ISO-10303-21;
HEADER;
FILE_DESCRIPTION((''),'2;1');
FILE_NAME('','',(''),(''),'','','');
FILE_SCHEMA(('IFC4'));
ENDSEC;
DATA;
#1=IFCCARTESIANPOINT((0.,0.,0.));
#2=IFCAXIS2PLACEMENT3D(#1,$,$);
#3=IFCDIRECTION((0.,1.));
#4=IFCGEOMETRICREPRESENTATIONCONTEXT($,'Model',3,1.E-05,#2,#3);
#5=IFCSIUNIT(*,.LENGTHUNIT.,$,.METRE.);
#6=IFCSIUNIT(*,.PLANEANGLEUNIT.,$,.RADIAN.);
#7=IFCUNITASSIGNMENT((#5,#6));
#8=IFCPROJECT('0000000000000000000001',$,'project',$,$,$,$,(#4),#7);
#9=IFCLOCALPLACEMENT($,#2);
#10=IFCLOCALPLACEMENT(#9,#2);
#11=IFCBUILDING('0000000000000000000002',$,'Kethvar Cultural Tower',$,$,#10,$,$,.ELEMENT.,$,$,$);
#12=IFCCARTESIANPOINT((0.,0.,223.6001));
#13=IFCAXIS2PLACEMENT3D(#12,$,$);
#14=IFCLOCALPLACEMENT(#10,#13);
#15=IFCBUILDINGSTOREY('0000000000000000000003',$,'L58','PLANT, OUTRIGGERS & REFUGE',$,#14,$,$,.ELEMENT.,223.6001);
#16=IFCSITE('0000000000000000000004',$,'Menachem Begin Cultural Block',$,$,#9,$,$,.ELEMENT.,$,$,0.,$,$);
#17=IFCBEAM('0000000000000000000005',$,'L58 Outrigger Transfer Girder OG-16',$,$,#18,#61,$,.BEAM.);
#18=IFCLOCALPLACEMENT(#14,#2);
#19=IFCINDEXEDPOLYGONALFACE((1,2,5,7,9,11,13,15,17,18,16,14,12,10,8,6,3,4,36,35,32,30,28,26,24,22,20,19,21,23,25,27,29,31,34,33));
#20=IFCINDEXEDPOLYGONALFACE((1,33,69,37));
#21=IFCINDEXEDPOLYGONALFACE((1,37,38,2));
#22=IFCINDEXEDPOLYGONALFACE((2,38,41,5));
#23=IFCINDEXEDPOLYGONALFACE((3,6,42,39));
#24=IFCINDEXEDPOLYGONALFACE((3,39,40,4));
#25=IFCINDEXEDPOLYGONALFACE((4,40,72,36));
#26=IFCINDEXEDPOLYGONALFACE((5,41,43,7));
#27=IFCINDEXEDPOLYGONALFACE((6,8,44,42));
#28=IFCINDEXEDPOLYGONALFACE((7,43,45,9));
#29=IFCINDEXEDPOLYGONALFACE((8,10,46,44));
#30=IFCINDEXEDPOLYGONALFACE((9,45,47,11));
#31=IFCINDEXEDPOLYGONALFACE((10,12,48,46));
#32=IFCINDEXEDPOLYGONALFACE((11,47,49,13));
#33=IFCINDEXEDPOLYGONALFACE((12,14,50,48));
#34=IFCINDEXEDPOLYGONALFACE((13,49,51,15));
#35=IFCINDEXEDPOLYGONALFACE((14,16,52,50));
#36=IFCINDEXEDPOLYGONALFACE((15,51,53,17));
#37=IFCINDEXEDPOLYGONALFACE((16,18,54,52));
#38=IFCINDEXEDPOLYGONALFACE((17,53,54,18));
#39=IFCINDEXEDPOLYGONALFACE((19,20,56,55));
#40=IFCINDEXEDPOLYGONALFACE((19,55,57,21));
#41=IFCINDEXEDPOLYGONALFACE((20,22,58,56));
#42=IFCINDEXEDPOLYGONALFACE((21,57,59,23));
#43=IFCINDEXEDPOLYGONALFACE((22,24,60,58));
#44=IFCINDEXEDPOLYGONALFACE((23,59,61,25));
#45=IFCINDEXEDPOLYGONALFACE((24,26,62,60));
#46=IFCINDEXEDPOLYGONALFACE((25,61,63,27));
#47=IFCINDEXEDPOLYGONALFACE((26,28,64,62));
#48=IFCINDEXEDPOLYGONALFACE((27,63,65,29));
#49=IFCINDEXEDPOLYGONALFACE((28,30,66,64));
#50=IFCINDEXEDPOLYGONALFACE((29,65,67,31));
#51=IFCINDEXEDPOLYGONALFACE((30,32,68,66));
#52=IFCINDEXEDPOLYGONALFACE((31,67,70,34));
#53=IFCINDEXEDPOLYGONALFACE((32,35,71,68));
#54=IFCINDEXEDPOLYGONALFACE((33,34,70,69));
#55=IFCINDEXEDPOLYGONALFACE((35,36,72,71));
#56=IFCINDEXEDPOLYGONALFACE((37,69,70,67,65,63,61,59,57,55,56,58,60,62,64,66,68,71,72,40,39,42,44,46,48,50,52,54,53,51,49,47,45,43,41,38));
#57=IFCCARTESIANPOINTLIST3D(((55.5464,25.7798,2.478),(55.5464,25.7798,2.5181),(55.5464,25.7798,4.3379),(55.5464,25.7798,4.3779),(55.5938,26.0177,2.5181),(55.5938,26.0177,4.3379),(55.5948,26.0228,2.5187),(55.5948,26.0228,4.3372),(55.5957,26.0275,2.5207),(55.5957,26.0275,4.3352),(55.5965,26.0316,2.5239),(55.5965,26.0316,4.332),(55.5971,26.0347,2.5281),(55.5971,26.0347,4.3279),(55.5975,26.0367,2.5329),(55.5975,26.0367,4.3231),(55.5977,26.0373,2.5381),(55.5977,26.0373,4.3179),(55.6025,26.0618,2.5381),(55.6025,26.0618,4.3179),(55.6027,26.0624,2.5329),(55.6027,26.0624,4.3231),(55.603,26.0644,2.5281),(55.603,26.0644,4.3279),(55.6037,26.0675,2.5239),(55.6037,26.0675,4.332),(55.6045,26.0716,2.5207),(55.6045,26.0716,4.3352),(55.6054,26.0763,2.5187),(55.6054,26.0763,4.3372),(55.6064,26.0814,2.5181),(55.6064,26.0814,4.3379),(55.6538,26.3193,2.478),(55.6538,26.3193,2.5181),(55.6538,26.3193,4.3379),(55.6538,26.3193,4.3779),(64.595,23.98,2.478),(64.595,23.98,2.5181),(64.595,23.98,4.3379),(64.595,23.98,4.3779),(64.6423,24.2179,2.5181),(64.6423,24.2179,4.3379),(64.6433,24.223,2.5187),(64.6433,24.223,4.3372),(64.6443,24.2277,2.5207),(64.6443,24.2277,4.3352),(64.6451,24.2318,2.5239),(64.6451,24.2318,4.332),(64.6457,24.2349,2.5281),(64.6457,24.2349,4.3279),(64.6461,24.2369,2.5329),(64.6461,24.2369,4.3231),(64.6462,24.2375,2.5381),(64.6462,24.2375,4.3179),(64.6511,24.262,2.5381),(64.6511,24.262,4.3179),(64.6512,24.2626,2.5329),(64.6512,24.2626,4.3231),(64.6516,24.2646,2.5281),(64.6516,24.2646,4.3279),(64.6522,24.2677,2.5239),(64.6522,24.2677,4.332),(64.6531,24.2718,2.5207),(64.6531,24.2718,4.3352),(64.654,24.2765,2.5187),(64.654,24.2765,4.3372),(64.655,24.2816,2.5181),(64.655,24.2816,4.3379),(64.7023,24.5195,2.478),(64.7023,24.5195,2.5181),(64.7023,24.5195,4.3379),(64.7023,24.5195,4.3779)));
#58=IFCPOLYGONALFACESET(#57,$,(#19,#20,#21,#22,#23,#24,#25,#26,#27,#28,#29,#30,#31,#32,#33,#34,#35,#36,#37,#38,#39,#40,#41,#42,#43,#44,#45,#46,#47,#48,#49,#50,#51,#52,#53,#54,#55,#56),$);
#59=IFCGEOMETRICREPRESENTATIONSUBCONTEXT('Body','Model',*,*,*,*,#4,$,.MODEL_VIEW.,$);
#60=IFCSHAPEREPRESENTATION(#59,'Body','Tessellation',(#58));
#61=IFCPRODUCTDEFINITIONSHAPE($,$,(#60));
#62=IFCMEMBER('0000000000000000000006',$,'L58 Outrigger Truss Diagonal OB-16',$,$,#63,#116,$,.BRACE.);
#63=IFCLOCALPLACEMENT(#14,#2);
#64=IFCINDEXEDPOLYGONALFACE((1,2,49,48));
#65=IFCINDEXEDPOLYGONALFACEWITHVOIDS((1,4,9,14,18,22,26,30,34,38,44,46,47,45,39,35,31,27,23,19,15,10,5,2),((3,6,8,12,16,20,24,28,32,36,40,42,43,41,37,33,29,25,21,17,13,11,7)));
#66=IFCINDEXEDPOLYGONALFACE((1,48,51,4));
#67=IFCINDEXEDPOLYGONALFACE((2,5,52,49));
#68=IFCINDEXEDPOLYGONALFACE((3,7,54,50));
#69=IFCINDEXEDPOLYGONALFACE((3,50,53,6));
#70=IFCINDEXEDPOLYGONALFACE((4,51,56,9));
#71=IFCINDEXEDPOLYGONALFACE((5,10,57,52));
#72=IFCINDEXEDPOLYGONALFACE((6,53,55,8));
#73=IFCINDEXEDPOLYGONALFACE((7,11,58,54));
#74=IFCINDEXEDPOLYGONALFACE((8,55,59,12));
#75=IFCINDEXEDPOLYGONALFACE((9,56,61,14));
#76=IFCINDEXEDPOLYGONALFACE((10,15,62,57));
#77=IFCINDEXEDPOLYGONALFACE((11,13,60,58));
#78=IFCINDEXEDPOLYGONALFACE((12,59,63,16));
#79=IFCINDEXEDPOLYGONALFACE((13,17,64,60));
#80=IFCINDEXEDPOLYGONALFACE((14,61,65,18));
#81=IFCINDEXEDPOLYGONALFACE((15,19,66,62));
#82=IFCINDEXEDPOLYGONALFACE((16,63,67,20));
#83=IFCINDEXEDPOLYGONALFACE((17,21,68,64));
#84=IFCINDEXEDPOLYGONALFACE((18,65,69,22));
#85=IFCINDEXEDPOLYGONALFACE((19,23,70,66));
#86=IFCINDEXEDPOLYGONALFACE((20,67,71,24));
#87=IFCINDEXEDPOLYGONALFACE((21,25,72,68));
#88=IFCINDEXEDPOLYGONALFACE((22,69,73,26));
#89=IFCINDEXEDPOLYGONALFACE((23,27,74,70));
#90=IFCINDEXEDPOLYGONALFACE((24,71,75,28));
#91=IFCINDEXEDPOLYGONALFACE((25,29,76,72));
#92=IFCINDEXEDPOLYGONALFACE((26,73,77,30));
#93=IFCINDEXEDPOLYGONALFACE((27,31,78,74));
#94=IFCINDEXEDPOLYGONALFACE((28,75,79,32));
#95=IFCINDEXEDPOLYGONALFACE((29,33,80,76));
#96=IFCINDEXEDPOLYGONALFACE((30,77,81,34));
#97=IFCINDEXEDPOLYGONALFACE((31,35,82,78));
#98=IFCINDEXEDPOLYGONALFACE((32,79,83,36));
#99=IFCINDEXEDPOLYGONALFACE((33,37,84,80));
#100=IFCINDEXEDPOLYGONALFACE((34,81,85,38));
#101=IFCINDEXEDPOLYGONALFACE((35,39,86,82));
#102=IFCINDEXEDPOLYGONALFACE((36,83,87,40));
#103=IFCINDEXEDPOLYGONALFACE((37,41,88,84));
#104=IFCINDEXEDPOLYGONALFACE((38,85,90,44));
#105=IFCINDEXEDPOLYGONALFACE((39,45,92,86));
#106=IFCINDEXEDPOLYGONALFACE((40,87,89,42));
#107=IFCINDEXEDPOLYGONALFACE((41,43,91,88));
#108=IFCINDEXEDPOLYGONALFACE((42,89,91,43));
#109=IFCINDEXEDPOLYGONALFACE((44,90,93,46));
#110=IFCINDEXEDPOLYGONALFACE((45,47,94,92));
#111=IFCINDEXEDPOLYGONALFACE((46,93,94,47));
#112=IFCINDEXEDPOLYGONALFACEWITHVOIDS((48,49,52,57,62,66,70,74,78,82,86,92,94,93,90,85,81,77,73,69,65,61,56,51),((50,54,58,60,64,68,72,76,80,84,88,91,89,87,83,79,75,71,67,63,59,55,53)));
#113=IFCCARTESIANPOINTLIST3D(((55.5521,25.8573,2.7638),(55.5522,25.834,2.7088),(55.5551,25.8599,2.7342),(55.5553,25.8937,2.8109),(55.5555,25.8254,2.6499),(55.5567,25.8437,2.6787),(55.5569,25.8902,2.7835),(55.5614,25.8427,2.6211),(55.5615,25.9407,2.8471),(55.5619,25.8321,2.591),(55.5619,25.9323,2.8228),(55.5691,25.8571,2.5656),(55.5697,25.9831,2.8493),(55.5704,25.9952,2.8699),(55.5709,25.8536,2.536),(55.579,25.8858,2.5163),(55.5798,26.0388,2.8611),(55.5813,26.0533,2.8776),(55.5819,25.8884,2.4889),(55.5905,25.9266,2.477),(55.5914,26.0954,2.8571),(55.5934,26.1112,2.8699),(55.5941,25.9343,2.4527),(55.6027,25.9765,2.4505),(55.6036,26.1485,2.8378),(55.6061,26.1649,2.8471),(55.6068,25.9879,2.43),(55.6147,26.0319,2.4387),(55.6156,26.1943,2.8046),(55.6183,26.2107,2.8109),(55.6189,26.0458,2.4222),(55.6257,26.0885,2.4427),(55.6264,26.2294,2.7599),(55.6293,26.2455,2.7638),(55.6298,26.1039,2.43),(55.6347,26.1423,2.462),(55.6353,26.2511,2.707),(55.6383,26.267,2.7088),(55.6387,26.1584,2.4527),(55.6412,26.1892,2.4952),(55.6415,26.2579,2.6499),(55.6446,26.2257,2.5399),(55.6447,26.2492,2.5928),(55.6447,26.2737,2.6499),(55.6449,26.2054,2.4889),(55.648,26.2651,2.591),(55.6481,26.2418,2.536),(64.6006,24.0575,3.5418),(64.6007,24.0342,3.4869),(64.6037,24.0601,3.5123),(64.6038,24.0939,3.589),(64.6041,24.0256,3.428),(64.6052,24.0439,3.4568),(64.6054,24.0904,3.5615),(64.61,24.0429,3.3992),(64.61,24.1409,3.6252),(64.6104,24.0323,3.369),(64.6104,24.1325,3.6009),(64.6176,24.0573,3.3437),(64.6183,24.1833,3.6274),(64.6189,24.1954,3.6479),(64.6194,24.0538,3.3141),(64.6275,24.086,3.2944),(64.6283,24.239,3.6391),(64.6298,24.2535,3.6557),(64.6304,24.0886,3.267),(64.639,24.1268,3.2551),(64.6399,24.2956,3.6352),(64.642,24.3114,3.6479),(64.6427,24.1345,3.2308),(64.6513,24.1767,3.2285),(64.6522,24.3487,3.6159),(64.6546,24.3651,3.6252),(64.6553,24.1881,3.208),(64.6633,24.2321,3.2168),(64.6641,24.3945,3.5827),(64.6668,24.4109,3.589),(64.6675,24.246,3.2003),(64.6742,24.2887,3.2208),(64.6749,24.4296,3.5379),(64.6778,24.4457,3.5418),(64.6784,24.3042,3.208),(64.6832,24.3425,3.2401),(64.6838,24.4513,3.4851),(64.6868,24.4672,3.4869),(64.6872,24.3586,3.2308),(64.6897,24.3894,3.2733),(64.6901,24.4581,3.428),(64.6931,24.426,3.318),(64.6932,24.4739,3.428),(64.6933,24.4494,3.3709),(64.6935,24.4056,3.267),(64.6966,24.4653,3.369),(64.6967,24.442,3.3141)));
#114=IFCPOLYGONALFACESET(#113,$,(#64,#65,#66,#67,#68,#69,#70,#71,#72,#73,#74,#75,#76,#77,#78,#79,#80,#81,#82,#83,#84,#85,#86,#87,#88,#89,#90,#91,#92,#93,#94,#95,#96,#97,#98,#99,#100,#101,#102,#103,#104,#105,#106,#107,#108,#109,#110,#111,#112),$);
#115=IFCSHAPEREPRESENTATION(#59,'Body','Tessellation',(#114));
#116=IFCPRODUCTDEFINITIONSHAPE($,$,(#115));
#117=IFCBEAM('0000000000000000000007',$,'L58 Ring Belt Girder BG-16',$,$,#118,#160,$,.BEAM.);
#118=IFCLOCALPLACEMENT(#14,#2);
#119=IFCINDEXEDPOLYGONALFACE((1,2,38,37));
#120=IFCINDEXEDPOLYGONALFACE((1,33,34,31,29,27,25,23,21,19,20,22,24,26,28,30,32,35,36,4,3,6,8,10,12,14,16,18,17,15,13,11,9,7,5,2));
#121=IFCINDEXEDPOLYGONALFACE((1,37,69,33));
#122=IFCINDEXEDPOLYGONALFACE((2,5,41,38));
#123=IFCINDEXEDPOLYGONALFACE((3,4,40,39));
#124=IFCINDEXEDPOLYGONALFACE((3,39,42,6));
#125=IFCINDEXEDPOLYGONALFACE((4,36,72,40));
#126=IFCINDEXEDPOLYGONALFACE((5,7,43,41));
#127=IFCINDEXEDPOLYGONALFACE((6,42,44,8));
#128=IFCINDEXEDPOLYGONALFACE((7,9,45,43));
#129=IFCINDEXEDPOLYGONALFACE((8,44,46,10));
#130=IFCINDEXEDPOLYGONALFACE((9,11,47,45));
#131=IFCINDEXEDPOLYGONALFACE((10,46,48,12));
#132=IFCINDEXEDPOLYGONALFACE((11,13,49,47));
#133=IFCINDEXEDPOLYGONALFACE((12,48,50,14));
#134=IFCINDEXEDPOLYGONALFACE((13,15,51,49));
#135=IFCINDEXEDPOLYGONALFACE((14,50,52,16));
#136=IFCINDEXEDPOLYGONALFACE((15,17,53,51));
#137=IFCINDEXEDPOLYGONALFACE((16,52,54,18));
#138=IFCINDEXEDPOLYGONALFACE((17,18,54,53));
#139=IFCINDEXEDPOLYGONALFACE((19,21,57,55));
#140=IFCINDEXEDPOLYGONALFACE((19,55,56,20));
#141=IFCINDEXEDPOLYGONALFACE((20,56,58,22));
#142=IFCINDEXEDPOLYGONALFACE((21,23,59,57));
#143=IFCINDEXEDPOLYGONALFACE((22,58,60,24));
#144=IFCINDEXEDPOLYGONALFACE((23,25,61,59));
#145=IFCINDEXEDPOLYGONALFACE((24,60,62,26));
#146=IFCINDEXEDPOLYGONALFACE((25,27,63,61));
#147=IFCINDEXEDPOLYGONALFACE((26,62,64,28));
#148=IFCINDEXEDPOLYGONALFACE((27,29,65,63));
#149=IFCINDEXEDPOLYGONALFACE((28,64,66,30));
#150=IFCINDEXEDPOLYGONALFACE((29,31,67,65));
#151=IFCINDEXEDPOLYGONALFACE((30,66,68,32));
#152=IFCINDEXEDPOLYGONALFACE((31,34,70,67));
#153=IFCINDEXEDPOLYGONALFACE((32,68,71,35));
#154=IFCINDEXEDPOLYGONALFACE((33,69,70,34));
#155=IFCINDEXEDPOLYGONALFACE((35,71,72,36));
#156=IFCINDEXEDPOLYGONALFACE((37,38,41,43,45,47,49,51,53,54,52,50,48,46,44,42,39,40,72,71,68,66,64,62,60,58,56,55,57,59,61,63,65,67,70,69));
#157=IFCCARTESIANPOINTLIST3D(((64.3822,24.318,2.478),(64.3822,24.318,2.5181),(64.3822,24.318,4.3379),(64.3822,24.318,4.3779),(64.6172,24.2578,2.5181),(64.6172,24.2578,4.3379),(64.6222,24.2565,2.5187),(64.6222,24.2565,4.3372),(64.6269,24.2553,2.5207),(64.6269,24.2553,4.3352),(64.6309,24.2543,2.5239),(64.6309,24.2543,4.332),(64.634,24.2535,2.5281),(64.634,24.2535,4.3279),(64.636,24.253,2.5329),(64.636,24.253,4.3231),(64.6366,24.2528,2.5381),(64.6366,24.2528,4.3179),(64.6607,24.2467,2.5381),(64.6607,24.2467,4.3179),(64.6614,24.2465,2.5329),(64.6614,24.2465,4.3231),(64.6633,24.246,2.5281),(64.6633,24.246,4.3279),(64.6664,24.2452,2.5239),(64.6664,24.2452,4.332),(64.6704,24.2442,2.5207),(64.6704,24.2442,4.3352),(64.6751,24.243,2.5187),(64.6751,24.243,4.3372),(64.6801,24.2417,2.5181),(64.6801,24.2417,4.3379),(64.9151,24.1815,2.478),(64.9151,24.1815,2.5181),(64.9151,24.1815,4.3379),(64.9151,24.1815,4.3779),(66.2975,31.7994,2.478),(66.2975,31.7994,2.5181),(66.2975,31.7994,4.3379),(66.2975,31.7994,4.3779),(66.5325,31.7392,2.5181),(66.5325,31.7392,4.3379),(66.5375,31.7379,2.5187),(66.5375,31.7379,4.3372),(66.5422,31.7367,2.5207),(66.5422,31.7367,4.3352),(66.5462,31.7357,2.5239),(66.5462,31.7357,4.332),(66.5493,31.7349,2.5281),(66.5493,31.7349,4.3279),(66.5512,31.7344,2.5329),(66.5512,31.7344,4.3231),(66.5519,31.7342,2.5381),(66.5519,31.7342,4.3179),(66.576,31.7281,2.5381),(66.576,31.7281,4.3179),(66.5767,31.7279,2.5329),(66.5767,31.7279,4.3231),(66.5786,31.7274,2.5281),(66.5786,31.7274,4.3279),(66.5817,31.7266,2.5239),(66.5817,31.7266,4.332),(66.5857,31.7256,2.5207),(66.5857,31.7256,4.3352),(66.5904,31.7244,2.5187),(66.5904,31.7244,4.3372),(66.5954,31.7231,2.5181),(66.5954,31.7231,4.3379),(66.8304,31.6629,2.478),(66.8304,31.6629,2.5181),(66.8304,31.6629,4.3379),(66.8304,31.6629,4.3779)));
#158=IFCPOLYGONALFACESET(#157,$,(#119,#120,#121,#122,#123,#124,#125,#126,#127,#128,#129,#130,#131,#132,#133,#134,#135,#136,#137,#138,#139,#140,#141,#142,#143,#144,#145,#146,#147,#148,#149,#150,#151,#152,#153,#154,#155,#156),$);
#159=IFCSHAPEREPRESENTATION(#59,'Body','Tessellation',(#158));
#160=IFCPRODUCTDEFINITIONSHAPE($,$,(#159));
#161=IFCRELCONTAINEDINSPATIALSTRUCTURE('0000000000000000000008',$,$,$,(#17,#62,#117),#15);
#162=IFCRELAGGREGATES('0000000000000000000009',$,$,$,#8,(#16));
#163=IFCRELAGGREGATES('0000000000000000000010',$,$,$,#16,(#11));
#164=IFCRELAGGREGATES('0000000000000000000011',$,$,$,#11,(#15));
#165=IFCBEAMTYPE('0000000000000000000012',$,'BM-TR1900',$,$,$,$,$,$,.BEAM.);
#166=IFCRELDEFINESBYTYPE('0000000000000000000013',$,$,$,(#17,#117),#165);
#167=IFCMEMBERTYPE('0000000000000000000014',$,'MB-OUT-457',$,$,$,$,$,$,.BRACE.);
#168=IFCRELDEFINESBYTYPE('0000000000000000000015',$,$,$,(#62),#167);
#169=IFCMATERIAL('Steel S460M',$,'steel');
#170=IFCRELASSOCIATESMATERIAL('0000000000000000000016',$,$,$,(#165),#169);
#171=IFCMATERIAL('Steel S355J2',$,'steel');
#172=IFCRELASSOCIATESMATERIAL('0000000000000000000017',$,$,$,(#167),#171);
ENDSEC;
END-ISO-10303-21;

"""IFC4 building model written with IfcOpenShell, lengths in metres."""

from ifc_helpers import new_model, si_unit, direction, frame, origin, origin_2d, place, context, subcontext, project, spatial, hollow_circle, i_section, extrude, source, transform, mapped, material, material_profile, profile_set, type_object, element, save


model = new_model("IFC4")

# Units and contexts
model_context = context("Model", 3, precision=1e-05, world=origin(), true_north=direction((0.0, 1.0)))
body_context = subcontext(model_context, "Body", "Model", "MODEL_VIEW")
ifc_project = project(units=[si_unit("LENGTHUNIT", "METRE"), si_unit("PLANEANGLEUNIT", "RADIAN")], contexts=[model_context])

# Site, building, storey
site_placement = place(None, origin())
site = spatial("IfcSite", under=ifc_project, at=site_placement, Name="Menachem Begin Cultural Block", CompositionType="ELEMENT", RefElevation=0.0)
building_placement = place(site_placement, origin())
building = spatial("IfcBuilding", under=site, at=building_placement, Name="Kethvar Cultural Tower", CompositionType="ELEMENT")
storey_placement = place(building_placement, frame((0.0, 0.0, 223.6001)))
storey = spatial("IfcBuildingStorey", under=building, at=storey_placement, Name="L58", Description="PLANT, OUTRIGGERS & REFUGE", CompositionType="ELEMENT", Elevation=223.6001)

# Shared definitions
ifc_material_1 = material(Name="Steel S460M", Category="steel")

# Shared definitions
ifc_material_profile_1 = material_profile(ifc_material_1, i_section(OverallWidth=0.55, OverallDepth=1.8999, WebThickness=0.0249, FlangeThickness=0.04, FilletRadius=0.02, at=origin_2d()), Name="Steel S460M — PG1900x550x40x25")
ifc_profile_set_1 = profile_set([ifc_material_profile_1], Name="Steel S460M — PG1900x550x40x25")
beam_type = type_object("IfcBeamType", Name="BM-TR1900", PredefinedType="BEAM", material=ifc_profile_set_1)

# Shared definitions
ifc_material_2 = material(Name="Steel S355J2", Category="steel")
ifc_material_profile_2 = material_profile(ifc_material_2, hollow_circle(Radius=0.2285, WallThickness=0.0161, at=origin_2d()), Name="Steel S355J2 — CHS457x16")
ifc_profile_set_2 = profile_set([ifc_material_profile_2], Name="Steel S355J2 — CHS457x16")
member_type_1 = type_object("IfcMemberType", Name="MB-OUT-457", PredefinedType="BRACE", material=ifc_profile_set_2)

# Beam
shared_shape_1 = source(origin(), body_context, "Body", "SweptSolid", [
    extrude(i_section(OverallWidth=0.55, OverallDepth=1.8999, WebThickness=0.0249, FlangeThickness=0.04, FilletRadius=0.02, at=origin_2d()), origin(), (0.0, 0.0, 1.0), 9.2258),
])
beam_1_placement = place(storey_placement, frame((55.6001, 26.0496, 3.428), z_axis=(0.980787, -0.195083, 0.0), x_axis=(0.195083, 0.980787, 0.0)))
element("IfcBeam", 1, at=beam_1_placement, inside=storey, type_object=beam_type, Name="L58 Outrigger Transfer Girder OG-16", PredefinedType="BEAM", context=body_context, shape_type="MappedRepresentation", body=[
    mapped(shared_shape_1, transform((0.0, 0.0, 0.0), scale=1.0)),
])

# Member
shared_shape_2 = source(origin(), body_context, "Body", "SweptSolid", [
    extrude(hollow_circle(Radius=0.2285, WallThickness=0.0161, at=origin_2d()), origin(), (0.0, 0.0, 1.0), 9.2585),
])
member_1_placement = place(storey_placement, frame((55.6001, 26.0496, 2.6499), z_axis=(0.977317, -0.194393, 0.084038), x_axis=(0.195083, 0.980787, 0.0)))
element("IfcMember", 2, at=member_1_placement, inside=storey, type_object=member_type_1, Name="L58 Outrigger Truss Diagonal OB-16", PredefinedType="BRACE", context=body_context, shape_type="MappedRepresentation", body=[
    mapped(shared_shape_2, transform((0.0, 0.0, 0.0), scale=1.0)),
])

# Beam
shared_shape_3 = source(origin(), body_context, "Body", "SweptSolid", [
    extrude(i_section(OverallWidth=0.55, OverallDepth=1.8999, WebThickness=0.0249, FlangeThickness=0.04, FilletRadius=0.02, at=origin_2d()), origin(), (0.0, 0.0, 1.0), 7.7227),
])
beam_2_placement = place(storey_placement, frame((64.6487, 24.2498, 3.428), z_axis=(0.248006, 0.968758, 0.0), x_axis=(-0.968758, 0.248006, 0.0)))
element("IfcBeam", 3, at=beam_2_placement, inside=storey, type_object=beam_type, Name="L58 Ring Belt Girder BG-16", PredefinedType="BEAM", context=body_context, shape_type="MappedRepresentation", body=[
    mapped(shared_shape_3, transform((0.0, 0.0, 0.0), scale=1.0)),
])

save(model, "model.ifc")
